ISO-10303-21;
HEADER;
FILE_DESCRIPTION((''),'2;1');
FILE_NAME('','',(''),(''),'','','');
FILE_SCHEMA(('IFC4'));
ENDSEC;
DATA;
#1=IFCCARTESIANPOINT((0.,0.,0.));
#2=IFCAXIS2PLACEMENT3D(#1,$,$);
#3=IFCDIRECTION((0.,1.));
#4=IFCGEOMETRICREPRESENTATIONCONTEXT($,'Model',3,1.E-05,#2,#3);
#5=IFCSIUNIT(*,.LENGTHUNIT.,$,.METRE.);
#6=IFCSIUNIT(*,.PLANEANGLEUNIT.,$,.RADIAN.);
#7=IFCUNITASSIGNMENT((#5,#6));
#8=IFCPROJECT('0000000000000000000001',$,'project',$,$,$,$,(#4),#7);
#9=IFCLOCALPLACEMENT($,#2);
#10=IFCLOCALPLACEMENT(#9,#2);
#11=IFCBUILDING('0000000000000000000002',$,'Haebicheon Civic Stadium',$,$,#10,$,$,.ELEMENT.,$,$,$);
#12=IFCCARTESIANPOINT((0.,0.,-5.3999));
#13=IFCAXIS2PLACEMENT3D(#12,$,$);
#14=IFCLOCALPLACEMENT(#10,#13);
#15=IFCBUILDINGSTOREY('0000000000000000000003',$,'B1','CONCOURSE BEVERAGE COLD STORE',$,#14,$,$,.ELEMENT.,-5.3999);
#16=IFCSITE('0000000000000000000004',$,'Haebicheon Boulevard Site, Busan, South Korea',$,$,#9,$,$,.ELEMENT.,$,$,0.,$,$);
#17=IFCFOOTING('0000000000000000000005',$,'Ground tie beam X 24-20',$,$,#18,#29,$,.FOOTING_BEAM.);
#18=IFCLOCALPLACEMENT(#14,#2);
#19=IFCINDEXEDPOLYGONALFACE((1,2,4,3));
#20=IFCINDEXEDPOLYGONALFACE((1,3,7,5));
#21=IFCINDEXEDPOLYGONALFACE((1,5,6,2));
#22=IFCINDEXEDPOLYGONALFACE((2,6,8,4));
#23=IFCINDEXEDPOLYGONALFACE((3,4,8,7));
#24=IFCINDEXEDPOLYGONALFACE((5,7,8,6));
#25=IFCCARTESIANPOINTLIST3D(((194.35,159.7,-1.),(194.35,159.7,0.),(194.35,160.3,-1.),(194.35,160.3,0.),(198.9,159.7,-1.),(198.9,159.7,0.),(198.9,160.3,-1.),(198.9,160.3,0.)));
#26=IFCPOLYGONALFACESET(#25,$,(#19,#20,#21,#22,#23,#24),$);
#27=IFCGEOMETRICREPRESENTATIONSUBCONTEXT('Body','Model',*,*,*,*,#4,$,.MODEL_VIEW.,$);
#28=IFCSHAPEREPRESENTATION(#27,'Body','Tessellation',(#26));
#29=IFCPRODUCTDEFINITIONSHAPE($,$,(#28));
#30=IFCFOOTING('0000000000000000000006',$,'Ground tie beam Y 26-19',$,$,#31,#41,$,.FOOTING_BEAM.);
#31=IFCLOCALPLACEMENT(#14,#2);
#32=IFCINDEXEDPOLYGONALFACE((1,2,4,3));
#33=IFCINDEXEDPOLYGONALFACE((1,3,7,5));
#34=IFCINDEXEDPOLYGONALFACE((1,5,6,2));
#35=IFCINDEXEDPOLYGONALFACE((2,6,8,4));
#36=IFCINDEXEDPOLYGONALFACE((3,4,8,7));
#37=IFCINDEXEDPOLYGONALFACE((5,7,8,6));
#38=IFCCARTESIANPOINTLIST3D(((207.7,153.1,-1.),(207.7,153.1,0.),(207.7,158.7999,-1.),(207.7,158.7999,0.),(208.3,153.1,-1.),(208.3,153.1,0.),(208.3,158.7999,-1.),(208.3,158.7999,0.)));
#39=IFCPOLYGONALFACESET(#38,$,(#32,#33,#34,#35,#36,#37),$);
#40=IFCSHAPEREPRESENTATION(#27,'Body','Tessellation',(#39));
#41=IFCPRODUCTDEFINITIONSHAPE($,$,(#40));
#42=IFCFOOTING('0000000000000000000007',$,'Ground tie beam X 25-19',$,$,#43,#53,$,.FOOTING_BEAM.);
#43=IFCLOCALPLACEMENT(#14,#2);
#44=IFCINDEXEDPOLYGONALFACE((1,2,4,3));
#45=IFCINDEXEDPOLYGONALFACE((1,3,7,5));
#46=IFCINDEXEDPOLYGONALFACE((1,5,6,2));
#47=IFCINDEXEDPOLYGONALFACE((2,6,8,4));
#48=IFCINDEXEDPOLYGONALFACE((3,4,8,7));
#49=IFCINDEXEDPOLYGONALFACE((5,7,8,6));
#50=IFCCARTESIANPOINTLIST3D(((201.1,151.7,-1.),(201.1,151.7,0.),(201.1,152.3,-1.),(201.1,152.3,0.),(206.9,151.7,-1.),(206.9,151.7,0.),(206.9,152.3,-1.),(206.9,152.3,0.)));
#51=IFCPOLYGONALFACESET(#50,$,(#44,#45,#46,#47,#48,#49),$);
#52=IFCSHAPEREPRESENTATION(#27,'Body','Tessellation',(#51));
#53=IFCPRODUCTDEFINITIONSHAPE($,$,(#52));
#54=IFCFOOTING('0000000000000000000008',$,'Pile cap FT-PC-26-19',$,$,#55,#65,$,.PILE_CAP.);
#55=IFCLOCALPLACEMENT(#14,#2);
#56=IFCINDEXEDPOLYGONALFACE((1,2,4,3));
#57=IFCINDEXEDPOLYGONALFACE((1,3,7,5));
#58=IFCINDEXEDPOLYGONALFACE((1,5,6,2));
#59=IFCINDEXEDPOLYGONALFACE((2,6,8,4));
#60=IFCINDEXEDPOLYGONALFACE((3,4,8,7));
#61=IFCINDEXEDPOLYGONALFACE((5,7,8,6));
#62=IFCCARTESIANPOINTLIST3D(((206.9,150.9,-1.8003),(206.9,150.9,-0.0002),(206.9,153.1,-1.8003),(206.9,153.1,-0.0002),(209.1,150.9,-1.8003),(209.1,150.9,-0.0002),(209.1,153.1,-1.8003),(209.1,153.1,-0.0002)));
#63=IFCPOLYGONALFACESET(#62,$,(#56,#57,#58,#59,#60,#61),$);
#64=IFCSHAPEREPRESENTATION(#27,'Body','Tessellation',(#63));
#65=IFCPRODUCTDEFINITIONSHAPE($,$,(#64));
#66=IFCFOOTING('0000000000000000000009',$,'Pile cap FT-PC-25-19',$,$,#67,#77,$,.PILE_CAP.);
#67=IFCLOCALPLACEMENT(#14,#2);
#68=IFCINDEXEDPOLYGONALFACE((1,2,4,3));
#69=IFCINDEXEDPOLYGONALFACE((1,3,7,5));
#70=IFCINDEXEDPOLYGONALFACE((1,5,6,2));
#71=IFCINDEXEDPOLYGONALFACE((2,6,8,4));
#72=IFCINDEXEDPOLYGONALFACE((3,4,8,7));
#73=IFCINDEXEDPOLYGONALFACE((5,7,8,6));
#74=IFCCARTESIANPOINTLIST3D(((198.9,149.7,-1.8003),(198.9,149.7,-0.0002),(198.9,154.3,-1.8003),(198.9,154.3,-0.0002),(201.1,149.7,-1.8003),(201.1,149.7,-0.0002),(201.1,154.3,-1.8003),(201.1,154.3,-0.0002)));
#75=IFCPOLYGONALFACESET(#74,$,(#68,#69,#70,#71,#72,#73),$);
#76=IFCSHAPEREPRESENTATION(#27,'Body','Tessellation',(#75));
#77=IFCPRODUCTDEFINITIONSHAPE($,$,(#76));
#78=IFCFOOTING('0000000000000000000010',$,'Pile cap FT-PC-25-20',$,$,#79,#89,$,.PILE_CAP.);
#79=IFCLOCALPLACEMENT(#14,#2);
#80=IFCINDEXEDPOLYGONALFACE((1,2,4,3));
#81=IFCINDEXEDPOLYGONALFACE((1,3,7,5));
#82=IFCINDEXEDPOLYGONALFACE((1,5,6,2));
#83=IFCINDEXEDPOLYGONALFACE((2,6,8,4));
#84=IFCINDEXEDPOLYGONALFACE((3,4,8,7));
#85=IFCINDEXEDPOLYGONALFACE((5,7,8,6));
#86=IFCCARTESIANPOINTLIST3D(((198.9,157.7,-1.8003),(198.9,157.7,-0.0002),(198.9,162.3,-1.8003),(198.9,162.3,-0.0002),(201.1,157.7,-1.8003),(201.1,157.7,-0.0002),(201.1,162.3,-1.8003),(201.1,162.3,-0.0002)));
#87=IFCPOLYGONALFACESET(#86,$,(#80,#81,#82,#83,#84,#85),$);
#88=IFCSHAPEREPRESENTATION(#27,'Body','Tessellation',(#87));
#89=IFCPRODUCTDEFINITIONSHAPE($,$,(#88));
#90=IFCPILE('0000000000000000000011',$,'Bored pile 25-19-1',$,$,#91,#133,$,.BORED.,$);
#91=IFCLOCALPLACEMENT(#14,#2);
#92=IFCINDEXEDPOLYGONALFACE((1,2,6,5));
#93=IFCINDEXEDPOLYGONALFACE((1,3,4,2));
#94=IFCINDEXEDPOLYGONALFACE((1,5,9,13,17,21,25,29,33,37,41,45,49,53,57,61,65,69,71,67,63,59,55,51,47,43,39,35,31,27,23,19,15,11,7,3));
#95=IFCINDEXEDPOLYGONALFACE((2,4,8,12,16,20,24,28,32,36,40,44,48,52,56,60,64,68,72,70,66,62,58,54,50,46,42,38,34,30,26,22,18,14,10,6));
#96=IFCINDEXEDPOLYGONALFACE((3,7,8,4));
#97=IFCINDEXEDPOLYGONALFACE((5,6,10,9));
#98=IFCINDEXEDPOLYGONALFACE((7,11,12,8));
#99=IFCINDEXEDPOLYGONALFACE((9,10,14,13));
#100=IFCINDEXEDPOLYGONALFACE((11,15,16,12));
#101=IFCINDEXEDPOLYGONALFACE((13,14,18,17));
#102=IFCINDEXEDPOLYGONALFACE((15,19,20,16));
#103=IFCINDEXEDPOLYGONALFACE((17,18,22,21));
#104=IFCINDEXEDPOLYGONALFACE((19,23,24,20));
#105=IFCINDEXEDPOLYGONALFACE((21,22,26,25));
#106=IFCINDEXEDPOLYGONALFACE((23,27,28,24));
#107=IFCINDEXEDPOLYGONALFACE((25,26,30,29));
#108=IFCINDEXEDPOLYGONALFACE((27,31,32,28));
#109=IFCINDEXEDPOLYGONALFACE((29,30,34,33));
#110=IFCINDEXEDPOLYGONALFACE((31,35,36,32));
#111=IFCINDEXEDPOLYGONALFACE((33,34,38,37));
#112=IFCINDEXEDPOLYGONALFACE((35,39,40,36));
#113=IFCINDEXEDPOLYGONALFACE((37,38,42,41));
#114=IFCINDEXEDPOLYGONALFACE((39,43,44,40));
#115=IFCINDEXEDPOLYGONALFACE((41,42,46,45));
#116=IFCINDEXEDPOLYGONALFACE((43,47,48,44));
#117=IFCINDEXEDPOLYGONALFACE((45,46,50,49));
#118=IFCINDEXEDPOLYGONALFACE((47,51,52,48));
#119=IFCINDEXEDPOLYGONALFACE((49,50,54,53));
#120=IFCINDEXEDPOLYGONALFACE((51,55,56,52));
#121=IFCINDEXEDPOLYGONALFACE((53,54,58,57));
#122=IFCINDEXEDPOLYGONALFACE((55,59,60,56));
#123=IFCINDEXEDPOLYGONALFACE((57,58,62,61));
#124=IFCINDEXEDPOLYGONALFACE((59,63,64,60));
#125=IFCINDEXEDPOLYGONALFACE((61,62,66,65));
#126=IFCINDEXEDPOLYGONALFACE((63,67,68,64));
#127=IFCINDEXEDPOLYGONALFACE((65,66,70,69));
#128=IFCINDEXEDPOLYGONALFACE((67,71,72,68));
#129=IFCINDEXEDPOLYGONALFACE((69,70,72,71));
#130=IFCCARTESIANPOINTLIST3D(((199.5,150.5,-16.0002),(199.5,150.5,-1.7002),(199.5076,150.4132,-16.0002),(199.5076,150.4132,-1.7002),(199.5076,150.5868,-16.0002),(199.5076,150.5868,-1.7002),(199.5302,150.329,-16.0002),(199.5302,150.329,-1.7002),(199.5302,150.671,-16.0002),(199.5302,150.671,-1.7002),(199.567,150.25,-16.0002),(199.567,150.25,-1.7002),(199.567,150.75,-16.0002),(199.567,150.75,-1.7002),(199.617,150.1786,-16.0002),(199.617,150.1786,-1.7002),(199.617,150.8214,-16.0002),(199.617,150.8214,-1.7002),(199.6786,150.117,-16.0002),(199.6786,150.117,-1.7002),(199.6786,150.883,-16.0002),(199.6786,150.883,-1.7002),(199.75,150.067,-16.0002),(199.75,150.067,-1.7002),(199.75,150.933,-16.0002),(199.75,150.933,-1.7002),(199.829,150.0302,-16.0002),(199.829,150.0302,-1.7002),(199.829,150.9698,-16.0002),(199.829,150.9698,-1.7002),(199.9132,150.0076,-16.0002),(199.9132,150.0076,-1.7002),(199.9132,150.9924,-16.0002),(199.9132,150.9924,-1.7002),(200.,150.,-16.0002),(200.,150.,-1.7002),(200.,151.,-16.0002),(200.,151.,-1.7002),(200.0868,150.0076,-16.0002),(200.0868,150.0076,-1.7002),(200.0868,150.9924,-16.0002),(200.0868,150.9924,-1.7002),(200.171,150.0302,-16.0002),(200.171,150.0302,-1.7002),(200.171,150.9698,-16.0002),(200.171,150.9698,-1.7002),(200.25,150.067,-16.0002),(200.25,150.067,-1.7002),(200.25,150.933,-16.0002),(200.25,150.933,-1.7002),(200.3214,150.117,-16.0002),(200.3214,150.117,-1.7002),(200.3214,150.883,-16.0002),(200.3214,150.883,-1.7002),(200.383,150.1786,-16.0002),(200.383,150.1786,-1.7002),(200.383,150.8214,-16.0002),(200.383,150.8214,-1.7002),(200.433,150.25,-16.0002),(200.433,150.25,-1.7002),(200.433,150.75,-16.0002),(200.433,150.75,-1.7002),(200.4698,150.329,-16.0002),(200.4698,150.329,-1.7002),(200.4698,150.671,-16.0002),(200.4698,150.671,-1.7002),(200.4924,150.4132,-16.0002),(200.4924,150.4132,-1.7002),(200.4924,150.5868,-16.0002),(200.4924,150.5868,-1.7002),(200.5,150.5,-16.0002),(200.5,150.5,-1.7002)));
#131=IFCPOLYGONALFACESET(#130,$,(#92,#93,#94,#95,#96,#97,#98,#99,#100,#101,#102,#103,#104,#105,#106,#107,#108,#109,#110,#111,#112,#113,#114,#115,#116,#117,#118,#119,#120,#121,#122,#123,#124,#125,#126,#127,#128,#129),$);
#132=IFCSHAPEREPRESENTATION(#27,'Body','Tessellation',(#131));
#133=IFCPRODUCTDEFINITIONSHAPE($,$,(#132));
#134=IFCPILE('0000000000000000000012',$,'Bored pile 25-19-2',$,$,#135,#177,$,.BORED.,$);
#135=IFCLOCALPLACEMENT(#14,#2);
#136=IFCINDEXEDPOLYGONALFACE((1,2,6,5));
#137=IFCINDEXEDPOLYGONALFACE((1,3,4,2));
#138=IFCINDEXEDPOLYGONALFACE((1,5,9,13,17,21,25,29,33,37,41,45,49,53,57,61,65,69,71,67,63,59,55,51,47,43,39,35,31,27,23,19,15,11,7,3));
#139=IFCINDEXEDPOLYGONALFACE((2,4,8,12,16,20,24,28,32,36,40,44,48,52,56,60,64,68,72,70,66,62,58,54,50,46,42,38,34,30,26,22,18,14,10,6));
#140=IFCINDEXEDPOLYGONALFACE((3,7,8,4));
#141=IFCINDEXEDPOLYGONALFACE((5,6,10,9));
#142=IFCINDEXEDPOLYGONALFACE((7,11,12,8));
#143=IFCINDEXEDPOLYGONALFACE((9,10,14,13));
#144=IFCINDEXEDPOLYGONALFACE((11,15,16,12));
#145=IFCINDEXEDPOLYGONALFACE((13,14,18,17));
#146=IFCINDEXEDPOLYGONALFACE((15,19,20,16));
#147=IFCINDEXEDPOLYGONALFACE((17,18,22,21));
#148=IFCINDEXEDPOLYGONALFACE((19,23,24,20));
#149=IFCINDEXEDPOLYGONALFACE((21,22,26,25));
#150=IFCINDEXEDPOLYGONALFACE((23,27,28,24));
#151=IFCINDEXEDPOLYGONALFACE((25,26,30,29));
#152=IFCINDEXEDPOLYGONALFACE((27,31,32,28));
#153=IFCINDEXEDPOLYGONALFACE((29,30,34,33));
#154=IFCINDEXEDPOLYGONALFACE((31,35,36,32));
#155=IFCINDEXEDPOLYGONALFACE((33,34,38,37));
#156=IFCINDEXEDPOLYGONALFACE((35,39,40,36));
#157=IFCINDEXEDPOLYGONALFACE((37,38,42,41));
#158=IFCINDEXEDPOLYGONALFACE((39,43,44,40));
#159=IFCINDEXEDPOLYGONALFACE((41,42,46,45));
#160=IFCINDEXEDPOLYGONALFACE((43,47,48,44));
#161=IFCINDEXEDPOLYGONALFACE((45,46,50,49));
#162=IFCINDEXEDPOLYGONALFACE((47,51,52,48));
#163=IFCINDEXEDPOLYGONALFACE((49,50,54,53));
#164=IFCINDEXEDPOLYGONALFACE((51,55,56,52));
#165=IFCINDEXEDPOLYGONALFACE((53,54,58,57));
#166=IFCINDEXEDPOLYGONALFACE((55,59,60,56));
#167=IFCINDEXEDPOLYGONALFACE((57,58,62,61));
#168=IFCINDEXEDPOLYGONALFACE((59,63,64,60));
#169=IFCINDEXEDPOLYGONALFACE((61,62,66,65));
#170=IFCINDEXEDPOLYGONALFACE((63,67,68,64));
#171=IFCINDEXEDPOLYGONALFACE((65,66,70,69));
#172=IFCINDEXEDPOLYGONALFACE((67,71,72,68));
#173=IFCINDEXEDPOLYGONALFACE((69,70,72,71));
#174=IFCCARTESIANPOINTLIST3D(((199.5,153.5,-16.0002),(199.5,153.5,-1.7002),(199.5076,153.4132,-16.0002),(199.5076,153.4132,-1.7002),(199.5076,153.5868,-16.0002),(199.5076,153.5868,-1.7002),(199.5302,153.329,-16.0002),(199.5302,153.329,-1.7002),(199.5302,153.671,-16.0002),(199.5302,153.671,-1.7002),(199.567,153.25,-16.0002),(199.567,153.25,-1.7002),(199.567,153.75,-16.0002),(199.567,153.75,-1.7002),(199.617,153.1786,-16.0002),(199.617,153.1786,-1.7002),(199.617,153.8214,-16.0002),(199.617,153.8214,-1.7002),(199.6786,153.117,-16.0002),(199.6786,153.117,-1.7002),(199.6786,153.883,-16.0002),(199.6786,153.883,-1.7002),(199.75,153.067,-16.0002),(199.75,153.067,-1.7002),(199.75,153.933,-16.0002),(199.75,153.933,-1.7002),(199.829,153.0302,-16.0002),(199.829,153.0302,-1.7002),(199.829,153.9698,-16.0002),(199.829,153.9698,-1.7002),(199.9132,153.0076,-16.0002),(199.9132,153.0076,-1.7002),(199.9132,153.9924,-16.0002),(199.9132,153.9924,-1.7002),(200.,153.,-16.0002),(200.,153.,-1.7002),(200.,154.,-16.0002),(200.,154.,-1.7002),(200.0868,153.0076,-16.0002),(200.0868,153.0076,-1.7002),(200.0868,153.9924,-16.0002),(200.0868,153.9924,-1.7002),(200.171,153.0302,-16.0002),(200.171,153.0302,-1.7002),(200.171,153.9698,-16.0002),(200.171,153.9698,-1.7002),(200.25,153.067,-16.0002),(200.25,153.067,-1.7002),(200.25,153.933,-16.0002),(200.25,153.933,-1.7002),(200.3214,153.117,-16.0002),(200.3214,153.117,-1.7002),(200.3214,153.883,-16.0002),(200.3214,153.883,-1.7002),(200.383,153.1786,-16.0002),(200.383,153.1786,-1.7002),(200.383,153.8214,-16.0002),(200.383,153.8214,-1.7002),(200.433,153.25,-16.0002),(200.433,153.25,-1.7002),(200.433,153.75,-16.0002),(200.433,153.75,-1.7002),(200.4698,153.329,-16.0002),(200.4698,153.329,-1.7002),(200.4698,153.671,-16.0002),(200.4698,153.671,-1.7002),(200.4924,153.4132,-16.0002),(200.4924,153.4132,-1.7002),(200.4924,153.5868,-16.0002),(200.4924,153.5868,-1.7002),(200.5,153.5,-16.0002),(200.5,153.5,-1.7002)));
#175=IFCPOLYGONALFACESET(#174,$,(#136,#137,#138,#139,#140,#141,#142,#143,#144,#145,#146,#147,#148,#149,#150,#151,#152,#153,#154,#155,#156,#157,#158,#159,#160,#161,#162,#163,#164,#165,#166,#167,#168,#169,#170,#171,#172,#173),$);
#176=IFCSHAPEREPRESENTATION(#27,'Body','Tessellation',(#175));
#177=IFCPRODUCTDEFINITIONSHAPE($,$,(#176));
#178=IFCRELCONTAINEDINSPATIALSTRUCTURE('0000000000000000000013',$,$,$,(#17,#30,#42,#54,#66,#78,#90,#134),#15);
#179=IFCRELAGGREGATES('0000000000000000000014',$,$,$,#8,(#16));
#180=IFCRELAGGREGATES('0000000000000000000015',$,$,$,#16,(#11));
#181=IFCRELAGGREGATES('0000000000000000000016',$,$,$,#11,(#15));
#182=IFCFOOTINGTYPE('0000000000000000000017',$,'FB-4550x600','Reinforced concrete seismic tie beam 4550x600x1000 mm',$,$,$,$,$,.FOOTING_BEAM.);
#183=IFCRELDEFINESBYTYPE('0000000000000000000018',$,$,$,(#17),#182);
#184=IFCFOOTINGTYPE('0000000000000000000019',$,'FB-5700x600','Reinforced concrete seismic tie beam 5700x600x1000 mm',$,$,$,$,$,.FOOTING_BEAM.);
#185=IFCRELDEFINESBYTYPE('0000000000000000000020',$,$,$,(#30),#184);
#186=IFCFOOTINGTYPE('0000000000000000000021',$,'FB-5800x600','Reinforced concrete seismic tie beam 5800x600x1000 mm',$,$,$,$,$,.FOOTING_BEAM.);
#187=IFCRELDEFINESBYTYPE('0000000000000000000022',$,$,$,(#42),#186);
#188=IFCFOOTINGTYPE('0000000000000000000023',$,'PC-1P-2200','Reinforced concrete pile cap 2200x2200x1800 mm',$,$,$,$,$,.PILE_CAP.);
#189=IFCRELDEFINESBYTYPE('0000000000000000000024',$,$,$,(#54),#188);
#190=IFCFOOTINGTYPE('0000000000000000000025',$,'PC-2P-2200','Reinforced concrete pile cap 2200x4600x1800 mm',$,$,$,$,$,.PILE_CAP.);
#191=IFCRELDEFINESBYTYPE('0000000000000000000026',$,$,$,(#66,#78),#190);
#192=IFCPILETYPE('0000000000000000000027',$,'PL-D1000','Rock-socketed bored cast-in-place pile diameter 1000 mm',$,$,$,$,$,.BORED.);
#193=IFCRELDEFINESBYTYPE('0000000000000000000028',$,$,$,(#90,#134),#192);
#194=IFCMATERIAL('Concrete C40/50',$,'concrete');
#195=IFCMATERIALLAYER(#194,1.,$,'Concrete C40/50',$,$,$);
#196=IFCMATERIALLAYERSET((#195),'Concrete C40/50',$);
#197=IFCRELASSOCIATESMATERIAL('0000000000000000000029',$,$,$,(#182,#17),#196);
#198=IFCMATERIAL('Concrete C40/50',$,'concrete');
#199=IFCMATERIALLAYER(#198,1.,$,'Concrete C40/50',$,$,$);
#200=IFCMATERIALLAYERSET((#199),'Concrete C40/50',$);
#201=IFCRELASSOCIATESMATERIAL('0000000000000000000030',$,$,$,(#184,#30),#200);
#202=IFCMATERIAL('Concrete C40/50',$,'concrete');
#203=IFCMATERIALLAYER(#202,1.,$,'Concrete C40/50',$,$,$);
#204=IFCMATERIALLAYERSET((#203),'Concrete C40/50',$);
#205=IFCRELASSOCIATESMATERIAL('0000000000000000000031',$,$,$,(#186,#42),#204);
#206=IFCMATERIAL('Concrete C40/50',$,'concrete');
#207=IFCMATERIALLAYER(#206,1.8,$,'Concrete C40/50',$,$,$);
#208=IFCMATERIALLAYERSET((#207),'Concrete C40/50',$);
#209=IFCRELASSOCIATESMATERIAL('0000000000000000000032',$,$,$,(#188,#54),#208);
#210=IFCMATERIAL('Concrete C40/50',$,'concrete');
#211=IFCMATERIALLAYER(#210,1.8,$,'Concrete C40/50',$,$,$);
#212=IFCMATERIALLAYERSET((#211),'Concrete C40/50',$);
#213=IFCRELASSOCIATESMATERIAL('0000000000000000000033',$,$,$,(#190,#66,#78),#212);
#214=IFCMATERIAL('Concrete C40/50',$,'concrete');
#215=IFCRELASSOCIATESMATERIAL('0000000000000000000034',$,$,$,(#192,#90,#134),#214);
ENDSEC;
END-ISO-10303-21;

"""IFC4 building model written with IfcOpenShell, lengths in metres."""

from ifc_helpers import new_model, si_unit, direction, frame, origin, origin_2d, place, context, subcontext, project, spatial, rectangle, circle, extrude, material, layer, layer_set, material_profile, profile_set, type_object, element, save


model = new_model("IFC4")

# Units and contexts
model_context = context("Model", 3, precision=1e-05, world=origin(), true_north=direction((0.0, 1.0)))
body_context = subcontext(model_context, "Body", "Model", "MODEL_VIEW")
ifc_project = project(units=[si_unit("LENGTHUNIT", "METRE"), si_unit("PLANEANGLEUNIT", "RADIAN")], contexts=[model_context])

# Site, building, storey
site_placement = place(None, origin())
site = spatial("IfcSite", under=ifc_project, at=site_placement, Name="Haebicheon Boulevard Site, Busan, South Korea", CompositionType="ELEMENT", RefElevation=0.0)
building_placement = place(site_placement, origin())
building = spatial("IfcBuilding", under=site, at=building_placement, Name="Haebicheon Civic Stadium", CompositionType="ELEMENT")
storey_placement = place(building_placement, frame((0.0, 0.0, -5.3999)))
storey = spatial("IfcBuildingStorey", under=building, at=storey_placement, Name="B1", Description="CONCOURSE BEVERAGE COLD STORE", CompositionType="ELEMENT", Elevation=-5.3999)

# Footings
ifc_material_1 = material(Name="Concrete C40/50", Category="concrete")
ifc_layer_1 = layer(ifc_material_1, 1.0, Name="Concrete C40/50")
ifc_layer_set_1 = layer_set([ifc_layer_1], Name="Concrete C40/50")
footing_type_1 = type_object("IfcFootingType", Name="FB-4550x600", Description="Reinforced concrete seismic tie beam 4550x600x1000 mm", PredefinedType="FOOTING_BEAM", material=ifc_layer_set_1)
footing_1_placement = place(storey_placement, frame((196.625, 160.0, -1.0), z_axis=(0.0, 0.0, 1.0), x_axis=(1.0, 0.0, 0.0)))
element("IfcFooting", 1, at=footing_1_placement, inside=storey, type_object=footing_type_1, material=ifc_layer_set_1, Name="Ground tie beam X 24-20", PredefinedType="FOOTING_BEAM", context=body_context, shape_type="SweptSolid", body=[
    extrude(rectangle(XDim=4.55, YDim=0.6001, at=origin_2d()), origin(), (0.0, 0.0, 1.0), 1.0),
])
ifc_material_2 = material(Name="Concrete C40/50", Category="concrete")
ifc_layer_2 = layer(ifc_material_2, 1.0, Name="Concrete C40/50")
ifc_layer_set_2 = layer_set([ifc_layer_2], Name="Concrete C40/50")
footing_type_2 = type_object("IfcFootingType", Name="FB-5700x600", Description="Reinforced concrete seismic tie beam 5700x600x1000 mm", PredefinedType="FOOTING_BEAM", material=ifc_layer_set_2)
footing_2_placement = place(storey_placement, frame((208.0, 155.95, -1.0), z_axis=(0.0, 0.0, 1.0), x_axis=(0.0, 1.0, 0.0)))
element("IfcFooting", 2, at=footing_2_placement, inside=storey, type_object=footing_type_2, material=ifc_layer_set_2, Name="Ground tie beam Y 26-19", PredefinedType="FOOTING_BEAM", context=body_context, shape_type="SweptSolid", body=[
    extrude(rectangle(XDim=5.7, YDim=0.6001, at=origin_2d()), origin(), (0.0, 0.0, 1.0), 1.0),
])
ifc_material_3 = material(Name="Concrete C40/50", Category="concrete")
ifc_layer_3 = layer(ifc_material_3, 1.0, Name="Concrete C40/50")
ifc_layer_set_3 = layer_set([ifc_layer_3], Name="Concrete C40/50")
footing_type_3 = type_object("IfcFootingType", Name="FB-5800x600", Description="Reinforced concrete seismic tie beam 5800x600x1000 mm", PredefinedType="FOOTING_BEAM", material=ifc_layer_set_3)
footing_3_placement = place(storey_placement, frame((204.0, 152.0, -1.0), z_axis=(0.0, 0.0, 1.0), x_axis=(1.0, 0.0, 0.0)))
element("IfcFooting", 3, at=footing_3_placement, inside=storey, type_object=footing_type_3, material=ifc_layer_set_3, Name="Ground tie beam X 25-19", PredefinedType="FOOTING_BEAM", context=body_context, shape_type="SweptSolid", body=[
    extrude(rectangle(XDim=5.8, YDim=0.6001, at=origin_2d()), origin(), (0.0, 0.0, 1.0), 1.0),
])
ifc_material_4 = material(Name="Concrete C40/50", Category="concrete")
ifc_layer_4 = layer(ifc_material_4, 1.8, Name="Concrete C40/50")
ifc_layer_set_4 = layer_set([ifc_layer_4], Name="Concrete C40/50")
footing_type_4 = type_object("IfcFootingType", Name="PC-1P-2200", Description="Reinforced concrete pile cap 2200x2200x1800 mm", PredefinedType="PILE_CAP", material=ifc_layer_set_4)
footing_4_placement = place(storey_placement, frame((208.0, 152.0, -1.8003), z_axis=(0.0, 0.0, 1.0), x_axis=(1.0, 0.0, 0.0)))
element("IfcFooting", 4, at=footing_4_placement, inside=storey, type_object=footing_type_4, material=ifc_layer_set_4, Name="Pile cap FT-PC-26-19", PredefinedType="PILE_CAP", context=body_context, shape_type="SweptSolid", body=[
    extrude(rectangle(XDim=2.2, YDim=2.2, at=origin_2d()), origin(), (0.0, 0.0, 1.0), 1.8),
])
ifc_material_5 = material(Name="Concrete C40/50", Category="concrete")
ifc_layer_5 = layer(ifc_material_5, 1.8, Name="Concrete C40/50")
ifc_layer_set_5 = layer_set([ifc_layer_5], Name="Concrete C40/50")
footing_type_5 = type_object("IfcFootingType", Name="PC-2P-2200", Description="Reinforced concrete pile cap 2200x4600x1800 mm", PredefinedType="PILE_CAP", material=ifc_layer_set_5)
for number, where, z_axis, x_axis, name in (
    (5, (200.0, 152.0, -1.8003), (0.0, 0.0, 1.0), (1.0, 0.0, 0.0), "Pile cap FT-PC-25-19"),
    (6, (200.0, 160.0, -1.8003), (0.0, 0.0, 1.0), (1.0, 0.0, 0.0), "Pile cap FT-PC-25-20"),
):
    element("IfcFooting", number, at=place(storey_placement, frame(where, z_axis=z_axis, x_axis=x_axis)), inside=storey, type_object=footing_type_5, material=ifc_layer_set_5, Name=name, PredefinedType="PILE_CAP", context=body_context, shape_type="SweptSolid", body=[
        extrude(rectangle(XDim=2.2, YDim=4.6001, at=origin_2d()), origin(), (0.0, 0.0, 1.0), 1.8),
    ])

# Piles
ifc_material_6 = material(Name="Concrete C40/50", Category="concrete")
ifc_material_profile_1 = material_profile(ifc_material_6, circle(Radius=0.5, at=origin_2d()), Name="PILE-D1000")
ifc_profile_set_1 = profile_set([ifc_material_profile_1], Name="Concrete C40/50")
pile_type = type_object("IfcPileType", Name="PL-D1000", Description="Rock-socketed bored cast-in-place pile diameter 1000 mm", PredefinedType="BORED", material=ifc_profile_set_1)
for number, where, z_axis, x_axis, name in (
    (7, (200.0, 150.5, -1.7002), (0.0, 0.0, -1.0), (1.0, 0.0, 0.0), "Bored pile 25-19-1"),
    (8, (200.0, 153.5, -1.7002), (0.0, 0.0, -1.0), (1.0, 0.0, 0.0), "Bored pile 25-19-2"),
):
    element("IfcPile", number, at=place(storey_placement, frame(where, z_axis=z_axis, x_axis=x_axis)), inside=storey, type_object=pile_type, material=ifc_profile_set_1, Name=name, PredefinedType="BORED", context=body_context, shape_type="SweptSolid", body=[
        extrude(circle(Radius=0.5, at=origin_2d()), origin(), (0.0, 0.0, 1.0), 14.3),
    ])

save(model, "model.ifc")
